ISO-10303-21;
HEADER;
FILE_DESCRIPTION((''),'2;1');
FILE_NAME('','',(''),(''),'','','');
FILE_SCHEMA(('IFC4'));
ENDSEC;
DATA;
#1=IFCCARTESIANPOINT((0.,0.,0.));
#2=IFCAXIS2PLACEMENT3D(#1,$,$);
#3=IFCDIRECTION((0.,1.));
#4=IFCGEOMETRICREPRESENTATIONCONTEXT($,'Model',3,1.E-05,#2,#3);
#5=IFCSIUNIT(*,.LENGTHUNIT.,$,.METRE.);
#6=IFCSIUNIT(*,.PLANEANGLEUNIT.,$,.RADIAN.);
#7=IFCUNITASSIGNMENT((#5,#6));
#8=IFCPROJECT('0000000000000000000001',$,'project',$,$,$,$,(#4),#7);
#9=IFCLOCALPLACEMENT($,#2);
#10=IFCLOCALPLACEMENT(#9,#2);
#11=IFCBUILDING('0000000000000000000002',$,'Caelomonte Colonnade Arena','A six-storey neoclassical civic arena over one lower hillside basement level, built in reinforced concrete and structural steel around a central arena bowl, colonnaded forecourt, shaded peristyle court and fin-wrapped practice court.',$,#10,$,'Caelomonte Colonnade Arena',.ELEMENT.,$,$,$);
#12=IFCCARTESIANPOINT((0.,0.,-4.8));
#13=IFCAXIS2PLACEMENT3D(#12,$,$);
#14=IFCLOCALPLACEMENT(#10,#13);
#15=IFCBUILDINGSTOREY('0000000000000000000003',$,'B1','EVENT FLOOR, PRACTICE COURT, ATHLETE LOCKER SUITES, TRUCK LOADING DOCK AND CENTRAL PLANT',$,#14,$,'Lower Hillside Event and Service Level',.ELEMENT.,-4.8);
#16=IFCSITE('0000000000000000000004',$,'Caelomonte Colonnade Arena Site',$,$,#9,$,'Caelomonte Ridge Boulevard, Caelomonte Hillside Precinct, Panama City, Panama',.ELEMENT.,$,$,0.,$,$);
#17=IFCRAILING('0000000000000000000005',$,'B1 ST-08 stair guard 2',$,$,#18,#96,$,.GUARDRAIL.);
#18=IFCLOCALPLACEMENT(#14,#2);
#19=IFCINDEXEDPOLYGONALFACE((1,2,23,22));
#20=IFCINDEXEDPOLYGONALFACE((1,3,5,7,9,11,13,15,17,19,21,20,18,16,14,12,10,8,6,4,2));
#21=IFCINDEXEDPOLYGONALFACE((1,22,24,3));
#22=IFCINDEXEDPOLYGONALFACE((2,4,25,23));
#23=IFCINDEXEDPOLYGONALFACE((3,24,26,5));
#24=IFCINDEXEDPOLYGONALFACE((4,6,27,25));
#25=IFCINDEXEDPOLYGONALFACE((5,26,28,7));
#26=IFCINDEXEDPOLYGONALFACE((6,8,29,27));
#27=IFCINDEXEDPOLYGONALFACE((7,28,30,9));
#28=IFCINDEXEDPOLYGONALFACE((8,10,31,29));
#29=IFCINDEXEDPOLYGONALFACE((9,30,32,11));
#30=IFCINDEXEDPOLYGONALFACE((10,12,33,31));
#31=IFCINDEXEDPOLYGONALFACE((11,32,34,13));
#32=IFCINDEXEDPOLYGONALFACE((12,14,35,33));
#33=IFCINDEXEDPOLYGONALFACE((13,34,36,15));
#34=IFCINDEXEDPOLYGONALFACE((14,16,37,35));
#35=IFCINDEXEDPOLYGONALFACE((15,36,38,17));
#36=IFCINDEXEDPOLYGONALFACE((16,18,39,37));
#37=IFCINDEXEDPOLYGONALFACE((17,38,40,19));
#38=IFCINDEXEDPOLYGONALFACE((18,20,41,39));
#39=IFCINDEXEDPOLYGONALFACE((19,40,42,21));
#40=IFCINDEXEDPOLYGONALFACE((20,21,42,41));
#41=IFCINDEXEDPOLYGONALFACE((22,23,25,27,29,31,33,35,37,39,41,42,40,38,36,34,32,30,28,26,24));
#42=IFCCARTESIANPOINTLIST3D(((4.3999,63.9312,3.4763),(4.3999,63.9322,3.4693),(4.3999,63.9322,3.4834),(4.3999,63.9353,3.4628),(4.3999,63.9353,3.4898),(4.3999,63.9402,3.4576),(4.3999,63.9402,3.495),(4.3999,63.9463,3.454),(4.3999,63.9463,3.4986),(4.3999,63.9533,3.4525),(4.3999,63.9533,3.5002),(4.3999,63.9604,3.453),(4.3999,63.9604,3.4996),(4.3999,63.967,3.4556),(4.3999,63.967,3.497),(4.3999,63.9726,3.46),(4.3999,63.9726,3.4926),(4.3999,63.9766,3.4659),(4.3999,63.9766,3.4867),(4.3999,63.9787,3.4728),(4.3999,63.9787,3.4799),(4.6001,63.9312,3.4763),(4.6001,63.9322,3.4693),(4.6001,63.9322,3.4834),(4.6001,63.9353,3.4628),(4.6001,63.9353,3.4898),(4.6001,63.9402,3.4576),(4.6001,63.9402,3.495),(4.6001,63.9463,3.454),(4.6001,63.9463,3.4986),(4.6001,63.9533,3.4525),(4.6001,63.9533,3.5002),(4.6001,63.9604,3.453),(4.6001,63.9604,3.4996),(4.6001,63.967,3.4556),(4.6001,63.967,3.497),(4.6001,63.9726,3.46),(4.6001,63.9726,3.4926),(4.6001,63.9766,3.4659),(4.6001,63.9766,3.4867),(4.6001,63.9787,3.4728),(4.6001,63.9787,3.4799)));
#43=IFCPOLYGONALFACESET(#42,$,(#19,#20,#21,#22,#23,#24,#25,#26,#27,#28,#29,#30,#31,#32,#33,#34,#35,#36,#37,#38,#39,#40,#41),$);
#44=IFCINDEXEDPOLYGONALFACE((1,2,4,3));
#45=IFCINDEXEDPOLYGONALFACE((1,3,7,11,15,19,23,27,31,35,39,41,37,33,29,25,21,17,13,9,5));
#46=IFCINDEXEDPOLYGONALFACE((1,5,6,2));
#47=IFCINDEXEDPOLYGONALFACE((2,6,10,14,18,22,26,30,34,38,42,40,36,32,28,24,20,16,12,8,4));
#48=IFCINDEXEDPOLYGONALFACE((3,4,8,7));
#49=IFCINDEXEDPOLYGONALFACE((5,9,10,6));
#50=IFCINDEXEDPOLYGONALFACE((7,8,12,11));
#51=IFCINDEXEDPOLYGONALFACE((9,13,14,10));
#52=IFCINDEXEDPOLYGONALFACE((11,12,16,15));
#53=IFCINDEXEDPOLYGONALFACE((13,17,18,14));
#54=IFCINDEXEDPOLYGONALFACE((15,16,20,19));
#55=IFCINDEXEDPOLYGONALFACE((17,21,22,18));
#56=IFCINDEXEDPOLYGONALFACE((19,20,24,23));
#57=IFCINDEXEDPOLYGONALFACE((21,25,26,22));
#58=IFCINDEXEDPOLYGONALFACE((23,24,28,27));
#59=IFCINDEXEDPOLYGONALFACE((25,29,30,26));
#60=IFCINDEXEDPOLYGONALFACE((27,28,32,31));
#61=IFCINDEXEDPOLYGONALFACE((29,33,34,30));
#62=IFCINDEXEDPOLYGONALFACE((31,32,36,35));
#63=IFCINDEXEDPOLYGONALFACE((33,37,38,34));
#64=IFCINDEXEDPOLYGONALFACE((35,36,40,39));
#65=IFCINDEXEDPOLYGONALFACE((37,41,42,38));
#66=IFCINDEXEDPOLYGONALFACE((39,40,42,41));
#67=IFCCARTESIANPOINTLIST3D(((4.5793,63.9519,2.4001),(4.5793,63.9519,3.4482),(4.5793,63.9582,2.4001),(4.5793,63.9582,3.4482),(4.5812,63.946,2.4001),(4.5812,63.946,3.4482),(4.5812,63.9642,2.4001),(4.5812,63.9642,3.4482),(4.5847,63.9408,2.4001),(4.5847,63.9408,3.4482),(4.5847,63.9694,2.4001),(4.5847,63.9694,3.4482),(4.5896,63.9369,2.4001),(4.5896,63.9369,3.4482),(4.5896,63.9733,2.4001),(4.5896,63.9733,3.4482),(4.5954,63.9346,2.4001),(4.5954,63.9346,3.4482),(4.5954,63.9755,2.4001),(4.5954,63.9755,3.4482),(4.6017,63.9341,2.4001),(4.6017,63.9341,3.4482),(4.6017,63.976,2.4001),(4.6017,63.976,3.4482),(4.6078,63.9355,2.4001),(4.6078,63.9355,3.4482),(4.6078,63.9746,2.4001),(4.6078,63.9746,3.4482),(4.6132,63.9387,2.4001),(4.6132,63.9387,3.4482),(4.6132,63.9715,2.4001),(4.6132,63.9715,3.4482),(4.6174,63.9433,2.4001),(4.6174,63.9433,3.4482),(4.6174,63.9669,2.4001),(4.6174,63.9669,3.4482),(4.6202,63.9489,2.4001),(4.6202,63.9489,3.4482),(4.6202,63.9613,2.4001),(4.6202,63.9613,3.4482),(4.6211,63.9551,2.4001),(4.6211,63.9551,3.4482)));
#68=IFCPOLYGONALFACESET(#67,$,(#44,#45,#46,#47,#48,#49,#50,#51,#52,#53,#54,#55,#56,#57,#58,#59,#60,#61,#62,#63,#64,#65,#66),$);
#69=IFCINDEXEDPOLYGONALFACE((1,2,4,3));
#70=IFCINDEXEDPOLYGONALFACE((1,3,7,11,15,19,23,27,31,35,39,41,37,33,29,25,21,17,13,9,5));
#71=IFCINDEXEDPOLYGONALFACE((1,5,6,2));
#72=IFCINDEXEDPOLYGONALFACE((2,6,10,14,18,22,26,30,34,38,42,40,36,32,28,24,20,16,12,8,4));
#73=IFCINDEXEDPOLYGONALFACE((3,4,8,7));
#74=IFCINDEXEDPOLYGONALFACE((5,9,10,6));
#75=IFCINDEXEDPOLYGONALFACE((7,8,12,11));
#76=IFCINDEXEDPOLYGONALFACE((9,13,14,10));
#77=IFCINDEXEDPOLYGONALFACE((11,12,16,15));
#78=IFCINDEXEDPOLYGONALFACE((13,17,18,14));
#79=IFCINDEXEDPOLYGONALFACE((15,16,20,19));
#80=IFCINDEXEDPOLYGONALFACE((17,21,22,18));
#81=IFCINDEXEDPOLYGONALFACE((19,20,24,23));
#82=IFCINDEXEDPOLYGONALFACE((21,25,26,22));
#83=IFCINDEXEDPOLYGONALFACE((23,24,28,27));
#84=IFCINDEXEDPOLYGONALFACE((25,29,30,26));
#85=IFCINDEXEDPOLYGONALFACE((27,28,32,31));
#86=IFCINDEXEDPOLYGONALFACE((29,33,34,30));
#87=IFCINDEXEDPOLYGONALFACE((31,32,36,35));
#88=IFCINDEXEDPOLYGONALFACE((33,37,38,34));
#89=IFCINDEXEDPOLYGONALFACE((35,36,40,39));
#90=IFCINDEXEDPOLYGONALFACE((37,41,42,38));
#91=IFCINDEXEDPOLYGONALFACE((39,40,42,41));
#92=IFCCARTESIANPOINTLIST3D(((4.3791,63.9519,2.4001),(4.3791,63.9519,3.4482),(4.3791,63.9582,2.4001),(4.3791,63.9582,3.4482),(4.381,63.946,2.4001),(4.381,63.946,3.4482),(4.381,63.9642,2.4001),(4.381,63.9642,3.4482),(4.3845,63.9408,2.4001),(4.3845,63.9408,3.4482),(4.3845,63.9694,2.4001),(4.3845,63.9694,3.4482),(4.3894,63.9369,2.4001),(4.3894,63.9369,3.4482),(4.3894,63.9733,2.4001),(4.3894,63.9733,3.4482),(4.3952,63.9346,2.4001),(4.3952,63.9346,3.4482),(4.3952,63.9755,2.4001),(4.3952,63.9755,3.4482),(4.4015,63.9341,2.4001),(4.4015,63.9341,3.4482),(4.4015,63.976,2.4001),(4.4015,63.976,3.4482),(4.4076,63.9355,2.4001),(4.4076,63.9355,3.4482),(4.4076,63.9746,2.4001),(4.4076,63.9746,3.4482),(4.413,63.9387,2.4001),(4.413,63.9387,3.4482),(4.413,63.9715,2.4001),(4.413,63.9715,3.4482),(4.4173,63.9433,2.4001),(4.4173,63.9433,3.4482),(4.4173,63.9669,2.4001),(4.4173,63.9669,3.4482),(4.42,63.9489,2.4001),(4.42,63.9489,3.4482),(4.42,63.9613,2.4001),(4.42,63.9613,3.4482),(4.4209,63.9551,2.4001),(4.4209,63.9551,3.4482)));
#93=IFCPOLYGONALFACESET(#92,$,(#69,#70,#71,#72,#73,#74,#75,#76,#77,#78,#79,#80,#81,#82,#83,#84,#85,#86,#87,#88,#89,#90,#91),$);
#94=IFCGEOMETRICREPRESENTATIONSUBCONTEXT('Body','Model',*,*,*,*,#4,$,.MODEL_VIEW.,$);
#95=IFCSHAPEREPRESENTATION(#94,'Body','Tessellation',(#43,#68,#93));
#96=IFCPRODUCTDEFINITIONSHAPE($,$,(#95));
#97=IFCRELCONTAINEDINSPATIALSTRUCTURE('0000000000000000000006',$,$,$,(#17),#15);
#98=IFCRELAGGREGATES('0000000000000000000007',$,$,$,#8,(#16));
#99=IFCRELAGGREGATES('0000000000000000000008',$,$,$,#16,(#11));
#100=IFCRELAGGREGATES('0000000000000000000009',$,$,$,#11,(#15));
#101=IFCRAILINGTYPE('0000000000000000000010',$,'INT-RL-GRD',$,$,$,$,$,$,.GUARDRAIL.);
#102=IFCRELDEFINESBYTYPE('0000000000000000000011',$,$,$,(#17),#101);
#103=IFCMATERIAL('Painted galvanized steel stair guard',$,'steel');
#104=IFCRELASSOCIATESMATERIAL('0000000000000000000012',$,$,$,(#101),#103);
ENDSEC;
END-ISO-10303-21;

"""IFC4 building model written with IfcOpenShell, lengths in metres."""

from ifc_helpers import new_model, si_unit, direction, frame, origin, origin_2d, place, context, subcontext, project, spatial, circle, extrude, material, type_object, element, save


model = new_model("IFC4")

# Units and contexts
model_context = context("Model", 3, precision=1e-05, world=origin(), true_north=direction((0.0, 1.0)))
body_context = subcontext(model_context, "Body", "Model", "MODEL_VIEW")
ifc_project = project(units=[si_unit("LENGTHUNIT", "METRE"), si_unit("PLANEANGLEUNIT", "RADIAN")], contexts=[model_context])

# Site, building, storey
site_placement = place(None, origin())
site = spatial("IfcSite", under=ifc_project, at=site_placement, Name="Caelomonte Colonnade Arena Site", LongName="Caelomonte Ridge Boulevard, Caelomonte Hillside Precinct, Panama City, Panama", CompositionType="ELEMENT", RefElevation=0.0)
building_placement = place(site_placement, origin())
building = spatial("IfcBuilding", under=site, at=building_placement, Name="Caelomonte Colonnade Arena", Description="A six-storey neoclassical civic arena over one lower hillside basement level, built in reinforced concrete and structural steel around a central arena bowl, colonnaded forecourt, shaded peristyle court and fin-wrapped practice court.", LongName="Caelomonte Colonnade Arena", CompositionType="ELEMENT")
storey_placement = place(building_placement, frame((0.0, 0.0, -4.8)))
storey = spatial("IfcBuildingStorey", under=building, at=storey_placement, Name="B1", Description="EVENT FLOOR, PRACTICE COURT, ATHLETE LOCKER SUITES, TRUCK LOADING DOCK AND CENTRAL PLANT", LongName="Lower Hillside Event and Service Level", CompositionType="ELEMENT", Elevation=-4.8)

# Railing
ifc_material_1 = material(Name="Painted galvanized steel stair guard", Category="steel")
railing_type_1 = type_object("IfcRailingType", Name="INT-RL-GRD", PredefinedType="GUARDRAIL", material=ifc_material_1)
railing_1_placement = place(storey_placement, frame((4.6001, 63.9551, 2.4001)))
element("IfcRailing", 1, at=railing_1_placement, inside=storey, type_object=railing_type_1, Name="B1 ST-08 stair guard 2", PredefinedType="GUARDRAIL", context=body_context, shape_type="SweptSolid", body=[
    extrude(circle(Radius=0.0239, at=origin_2d()), frame((0.0, 0.0, 1.0762), z_axis=(-1.0, 0.0, 0.0), x_axis=(0.0, -1.0, 0.0)), (0.0, 0.0, 1.0), 0.2002),
    extrude(circle(Radius=0.021, at=origin_2d()), origin(), (0.0, 0.0, 1.0), 1.0481),
    extrude(circle(Radius=0.021, at=origin_2d()), frame((-0.2002, 0.0, 0.0)), (0.0, 0.0, 1.0), 1.0481),
])

save(model, "model.ifc")
